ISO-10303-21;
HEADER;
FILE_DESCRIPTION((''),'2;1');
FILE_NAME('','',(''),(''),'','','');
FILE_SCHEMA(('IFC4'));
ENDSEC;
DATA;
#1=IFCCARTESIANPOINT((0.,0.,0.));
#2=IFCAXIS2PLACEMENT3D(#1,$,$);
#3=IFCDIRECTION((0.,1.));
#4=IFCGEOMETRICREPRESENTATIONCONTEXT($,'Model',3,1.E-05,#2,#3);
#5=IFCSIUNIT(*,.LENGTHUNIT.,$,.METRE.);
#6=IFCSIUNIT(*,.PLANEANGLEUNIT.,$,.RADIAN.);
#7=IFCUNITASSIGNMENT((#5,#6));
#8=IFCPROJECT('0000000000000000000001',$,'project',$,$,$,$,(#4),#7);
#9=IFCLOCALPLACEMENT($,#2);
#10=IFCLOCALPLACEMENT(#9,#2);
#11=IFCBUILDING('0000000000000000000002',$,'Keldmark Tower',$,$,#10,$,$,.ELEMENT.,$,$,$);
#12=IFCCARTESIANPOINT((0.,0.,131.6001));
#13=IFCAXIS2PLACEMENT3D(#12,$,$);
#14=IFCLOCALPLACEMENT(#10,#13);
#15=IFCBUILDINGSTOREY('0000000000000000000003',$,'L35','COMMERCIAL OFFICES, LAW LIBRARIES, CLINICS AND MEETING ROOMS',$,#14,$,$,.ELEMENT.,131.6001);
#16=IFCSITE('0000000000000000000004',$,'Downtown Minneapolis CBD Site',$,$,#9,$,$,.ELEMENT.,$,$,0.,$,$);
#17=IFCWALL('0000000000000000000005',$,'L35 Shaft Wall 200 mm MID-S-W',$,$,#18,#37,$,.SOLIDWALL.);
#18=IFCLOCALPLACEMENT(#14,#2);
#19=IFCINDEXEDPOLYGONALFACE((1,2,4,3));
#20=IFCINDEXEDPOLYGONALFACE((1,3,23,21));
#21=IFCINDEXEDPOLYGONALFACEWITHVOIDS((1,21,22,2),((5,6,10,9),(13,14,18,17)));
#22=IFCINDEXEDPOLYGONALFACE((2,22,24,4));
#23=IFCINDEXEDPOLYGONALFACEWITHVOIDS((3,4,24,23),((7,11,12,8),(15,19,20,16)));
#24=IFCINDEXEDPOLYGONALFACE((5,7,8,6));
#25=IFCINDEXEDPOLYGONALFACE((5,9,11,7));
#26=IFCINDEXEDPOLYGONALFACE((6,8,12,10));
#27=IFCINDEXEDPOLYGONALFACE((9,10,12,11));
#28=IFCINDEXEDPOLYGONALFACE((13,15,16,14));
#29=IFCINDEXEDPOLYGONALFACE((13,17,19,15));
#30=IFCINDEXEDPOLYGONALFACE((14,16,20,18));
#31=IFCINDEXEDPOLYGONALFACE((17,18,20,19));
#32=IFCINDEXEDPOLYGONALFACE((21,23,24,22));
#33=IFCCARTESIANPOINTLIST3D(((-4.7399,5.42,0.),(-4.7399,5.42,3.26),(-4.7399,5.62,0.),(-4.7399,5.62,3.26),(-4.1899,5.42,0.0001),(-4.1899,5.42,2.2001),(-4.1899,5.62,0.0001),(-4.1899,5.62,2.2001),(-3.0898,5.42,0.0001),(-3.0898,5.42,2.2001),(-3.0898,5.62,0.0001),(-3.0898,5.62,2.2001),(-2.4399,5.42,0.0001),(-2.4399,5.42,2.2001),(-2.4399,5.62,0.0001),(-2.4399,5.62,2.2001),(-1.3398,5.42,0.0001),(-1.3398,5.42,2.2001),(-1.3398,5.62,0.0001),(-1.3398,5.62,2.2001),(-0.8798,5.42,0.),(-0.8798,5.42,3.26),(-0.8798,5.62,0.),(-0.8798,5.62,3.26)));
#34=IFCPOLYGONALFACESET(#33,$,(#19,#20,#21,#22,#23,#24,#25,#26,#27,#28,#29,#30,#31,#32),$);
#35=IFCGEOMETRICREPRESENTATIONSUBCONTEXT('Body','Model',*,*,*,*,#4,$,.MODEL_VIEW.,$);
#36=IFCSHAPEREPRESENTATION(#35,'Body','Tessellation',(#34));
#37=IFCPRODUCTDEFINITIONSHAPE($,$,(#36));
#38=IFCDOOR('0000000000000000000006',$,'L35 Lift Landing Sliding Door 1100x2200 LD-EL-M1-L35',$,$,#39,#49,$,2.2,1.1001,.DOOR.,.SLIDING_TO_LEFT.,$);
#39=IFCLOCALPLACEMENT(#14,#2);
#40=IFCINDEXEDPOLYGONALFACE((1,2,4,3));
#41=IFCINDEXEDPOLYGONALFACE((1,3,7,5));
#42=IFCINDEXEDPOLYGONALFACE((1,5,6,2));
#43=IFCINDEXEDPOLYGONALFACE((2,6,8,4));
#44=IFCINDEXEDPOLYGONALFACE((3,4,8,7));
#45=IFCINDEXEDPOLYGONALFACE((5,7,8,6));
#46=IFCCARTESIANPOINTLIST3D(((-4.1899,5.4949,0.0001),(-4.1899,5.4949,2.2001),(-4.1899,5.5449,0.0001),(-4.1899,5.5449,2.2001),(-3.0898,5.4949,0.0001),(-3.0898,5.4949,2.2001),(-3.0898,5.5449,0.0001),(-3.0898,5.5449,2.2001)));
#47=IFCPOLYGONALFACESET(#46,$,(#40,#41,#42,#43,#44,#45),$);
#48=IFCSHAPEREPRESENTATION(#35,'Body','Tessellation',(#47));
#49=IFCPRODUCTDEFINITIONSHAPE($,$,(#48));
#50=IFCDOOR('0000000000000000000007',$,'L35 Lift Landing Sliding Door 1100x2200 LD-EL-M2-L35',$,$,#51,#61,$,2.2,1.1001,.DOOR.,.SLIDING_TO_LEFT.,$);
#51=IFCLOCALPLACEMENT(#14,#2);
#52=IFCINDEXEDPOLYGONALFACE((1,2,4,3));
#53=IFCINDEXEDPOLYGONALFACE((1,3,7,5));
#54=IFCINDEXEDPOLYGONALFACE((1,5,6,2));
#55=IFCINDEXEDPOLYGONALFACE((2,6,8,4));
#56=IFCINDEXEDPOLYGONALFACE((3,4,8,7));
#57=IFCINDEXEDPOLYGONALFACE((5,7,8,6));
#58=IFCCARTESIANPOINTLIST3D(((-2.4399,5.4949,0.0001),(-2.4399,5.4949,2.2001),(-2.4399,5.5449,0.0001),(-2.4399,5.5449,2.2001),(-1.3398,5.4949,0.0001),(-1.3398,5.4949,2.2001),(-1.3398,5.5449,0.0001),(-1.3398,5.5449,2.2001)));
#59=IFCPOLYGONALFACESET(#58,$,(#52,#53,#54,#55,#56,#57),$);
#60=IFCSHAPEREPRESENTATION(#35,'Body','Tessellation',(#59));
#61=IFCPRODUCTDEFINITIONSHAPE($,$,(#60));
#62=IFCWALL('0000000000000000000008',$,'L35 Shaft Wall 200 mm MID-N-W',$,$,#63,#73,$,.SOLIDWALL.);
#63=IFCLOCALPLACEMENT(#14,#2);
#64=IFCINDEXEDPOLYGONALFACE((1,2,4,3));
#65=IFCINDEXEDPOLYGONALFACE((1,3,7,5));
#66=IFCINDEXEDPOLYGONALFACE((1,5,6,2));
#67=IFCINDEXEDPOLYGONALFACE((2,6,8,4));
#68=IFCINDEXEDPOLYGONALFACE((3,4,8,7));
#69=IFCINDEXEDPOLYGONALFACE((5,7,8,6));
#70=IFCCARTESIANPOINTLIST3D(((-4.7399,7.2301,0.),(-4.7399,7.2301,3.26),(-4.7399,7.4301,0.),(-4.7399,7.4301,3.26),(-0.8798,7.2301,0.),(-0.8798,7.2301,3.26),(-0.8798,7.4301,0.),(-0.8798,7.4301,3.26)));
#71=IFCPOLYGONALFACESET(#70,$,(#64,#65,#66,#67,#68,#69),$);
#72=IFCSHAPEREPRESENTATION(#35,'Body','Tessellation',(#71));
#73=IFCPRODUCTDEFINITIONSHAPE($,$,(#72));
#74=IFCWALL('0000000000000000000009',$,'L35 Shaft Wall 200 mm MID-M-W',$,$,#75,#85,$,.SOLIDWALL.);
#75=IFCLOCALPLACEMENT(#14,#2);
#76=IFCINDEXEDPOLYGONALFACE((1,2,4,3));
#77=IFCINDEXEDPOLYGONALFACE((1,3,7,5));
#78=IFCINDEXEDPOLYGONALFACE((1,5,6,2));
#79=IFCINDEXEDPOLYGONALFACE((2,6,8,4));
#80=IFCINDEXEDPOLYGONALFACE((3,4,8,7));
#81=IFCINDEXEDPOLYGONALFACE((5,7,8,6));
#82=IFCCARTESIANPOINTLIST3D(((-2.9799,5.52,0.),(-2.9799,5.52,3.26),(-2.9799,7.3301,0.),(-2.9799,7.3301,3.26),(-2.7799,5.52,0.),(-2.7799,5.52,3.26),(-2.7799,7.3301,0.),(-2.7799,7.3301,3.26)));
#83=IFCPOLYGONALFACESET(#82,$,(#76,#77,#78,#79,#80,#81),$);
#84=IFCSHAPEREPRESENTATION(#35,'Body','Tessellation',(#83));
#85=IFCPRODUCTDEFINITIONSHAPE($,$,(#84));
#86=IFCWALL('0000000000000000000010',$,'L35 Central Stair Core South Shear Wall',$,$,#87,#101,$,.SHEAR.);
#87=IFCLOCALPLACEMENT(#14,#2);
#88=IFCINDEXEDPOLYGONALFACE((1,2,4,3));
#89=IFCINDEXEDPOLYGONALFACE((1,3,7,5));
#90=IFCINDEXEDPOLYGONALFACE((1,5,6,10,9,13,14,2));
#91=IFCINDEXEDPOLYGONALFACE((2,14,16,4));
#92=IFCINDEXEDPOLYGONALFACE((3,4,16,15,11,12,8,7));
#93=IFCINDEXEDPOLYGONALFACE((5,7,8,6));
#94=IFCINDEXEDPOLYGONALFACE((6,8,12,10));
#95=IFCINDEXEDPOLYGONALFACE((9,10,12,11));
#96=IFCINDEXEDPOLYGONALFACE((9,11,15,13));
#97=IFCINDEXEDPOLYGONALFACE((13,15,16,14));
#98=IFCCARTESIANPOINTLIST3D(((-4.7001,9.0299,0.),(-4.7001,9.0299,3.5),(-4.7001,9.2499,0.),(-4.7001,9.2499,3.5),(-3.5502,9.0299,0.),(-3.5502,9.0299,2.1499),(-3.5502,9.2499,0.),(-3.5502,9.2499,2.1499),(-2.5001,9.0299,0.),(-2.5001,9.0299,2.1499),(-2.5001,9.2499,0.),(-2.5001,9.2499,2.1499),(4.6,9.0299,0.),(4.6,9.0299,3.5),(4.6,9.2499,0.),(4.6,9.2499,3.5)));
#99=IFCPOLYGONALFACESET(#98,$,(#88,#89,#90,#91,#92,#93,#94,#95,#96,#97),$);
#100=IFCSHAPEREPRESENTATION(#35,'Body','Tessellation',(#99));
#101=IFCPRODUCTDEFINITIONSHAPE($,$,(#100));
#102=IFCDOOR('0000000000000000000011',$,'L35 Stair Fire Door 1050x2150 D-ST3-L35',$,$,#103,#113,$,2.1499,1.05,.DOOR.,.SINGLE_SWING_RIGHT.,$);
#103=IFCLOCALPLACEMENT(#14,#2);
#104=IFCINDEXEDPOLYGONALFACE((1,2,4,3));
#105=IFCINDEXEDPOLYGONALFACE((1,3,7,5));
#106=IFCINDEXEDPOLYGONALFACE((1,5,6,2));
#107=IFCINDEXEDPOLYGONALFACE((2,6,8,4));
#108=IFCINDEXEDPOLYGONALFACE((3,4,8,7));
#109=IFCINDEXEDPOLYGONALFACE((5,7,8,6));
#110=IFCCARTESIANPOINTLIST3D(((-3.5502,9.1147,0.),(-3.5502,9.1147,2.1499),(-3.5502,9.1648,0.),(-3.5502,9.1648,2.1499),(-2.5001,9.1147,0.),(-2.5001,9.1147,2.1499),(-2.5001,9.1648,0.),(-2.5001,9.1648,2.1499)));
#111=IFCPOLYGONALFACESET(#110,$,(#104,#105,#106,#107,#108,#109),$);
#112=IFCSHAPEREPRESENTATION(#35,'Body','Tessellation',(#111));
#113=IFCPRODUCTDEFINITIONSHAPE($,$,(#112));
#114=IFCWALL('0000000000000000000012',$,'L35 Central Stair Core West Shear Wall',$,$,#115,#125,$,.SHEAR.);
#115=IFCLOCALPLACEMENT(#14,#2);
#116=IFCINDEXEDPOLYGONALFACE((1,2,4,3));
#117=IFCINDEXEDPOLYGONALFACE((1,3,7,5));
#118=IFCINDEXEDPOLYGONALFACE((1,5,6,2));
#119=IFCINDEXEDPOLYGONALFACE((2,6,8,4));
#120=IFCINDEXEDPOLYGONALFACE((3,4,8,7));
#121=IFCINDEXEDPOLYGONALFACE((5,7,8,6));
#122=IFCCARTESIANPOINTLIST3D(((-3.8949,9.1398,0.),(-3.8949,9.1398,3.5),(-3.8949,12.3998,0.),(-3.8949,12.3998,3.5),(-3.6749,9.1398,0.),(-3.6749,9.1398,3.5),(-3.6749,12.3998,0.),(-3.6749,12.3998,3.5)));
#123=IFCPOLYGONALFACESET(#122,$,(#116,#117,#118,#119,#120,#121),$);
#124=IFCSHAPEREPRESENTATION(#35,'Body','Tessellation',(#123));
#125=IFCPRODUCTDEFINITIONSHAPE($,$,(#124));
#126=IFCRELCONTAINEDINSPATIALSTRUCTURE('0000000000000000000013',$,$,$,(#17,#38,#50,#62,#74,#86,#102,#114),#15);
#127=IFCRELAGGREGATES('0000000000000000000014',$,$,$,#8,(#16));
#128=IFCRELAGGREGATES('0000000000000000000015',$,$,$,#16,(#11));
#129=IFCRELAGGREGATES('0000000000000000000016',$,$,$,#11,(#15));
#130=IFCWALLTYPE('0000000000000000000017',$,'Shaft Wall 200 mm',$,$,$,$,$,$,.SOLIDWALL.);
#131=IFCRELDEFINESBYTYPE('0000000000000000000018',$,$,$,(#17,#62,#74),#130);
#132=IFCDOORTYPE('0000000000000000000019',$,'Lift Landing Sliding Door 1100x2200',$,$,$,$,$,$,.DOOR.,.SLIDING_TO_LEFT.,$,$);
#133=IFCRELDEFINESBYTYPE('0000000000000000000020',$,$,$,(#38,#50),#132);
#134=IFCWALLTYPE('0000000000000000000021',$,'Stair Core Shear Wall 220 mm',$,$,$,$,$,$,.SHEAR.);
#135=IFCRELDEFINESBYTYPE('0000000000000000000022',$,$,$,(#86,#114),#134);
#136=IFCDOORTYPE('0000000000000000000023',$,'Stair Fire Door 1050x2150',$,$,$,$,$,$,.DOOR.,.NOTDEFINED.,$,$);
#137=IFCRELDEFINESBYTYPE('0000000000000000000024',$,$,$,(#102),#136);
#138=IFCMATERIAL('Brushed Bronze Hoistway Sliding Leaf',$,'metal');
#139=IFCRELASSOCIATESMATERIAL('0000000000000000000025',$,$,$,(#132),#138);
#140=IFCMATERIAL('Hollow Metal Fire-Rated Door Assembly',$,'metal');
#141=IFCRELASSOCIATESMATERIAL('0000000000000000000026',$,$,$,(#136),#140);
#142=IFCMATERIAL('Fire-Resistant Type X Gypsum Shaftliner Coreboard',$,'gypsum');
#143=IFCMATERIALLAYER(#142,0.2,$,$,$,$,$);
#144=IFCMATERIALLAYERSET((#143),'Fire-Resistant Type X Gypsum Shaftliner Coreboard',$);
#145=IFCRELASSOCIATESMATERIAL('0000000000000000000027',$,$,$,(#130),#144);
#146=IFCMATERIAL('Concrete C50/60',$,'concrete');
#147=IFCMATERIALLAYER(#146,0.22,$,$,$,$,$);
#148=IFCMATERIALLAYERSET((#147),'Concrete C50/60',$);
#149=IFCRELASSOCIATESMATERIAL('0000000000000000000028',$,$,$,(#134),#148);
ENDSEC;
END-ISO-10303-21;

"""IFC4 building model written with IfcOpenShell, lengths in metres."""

from ifc_helpers import new_model, si_unit, direction, frame, frame_2d, origin, place, context, subcontext, project, spatial, rectangle, extrude, material, layer, layer_set, type_object, element, fill, save


model = new_model("IFC4")

# Units and contexts
model_context = context("Model", 3, precision=1e-05, world=origin(), true_north=direction((0.0, 1.0)))
body_context = subcontext(model_context, "Body", "Model", "MODEL_VIEW")
ifc_project = project(units=[si_unit("LENGTHUNIT", "METRE"), si_unit("PLANEANGLEUNIT", "RADIAN")], contexts=[model_context])

# Site, building, storey
site_placement = place(None, origin())
site = spatial("IfcSite", under=ifc_project, at=site_placement, Name="Downtown Minneapolis CBD Site", CompositionType="ELEMENT", RefElevation=0.0)
building_placement = place(site_placement, origin())
building = spatial("IfcBuilding", under=site, at=building_placement, Name="Keldmark Tower", CompositionType="ELEMENT")
storey_placement = place(building_placement, frame((0.0, 0.0, 131.6001)))
storey = spatial("IfcBuildingStorey", under=building, at=storey_placement, Name="L35", Description="COMMERCIAL OFFICES, LAW LIBRARIES, CLINICS AND MEETING ROOMS", CompositionType="ELEMENT", Elevation=131.6001)

# Shared definitions
ifc_material_1 = material(Name="Brushed Bronze Hoistway Sliding Leaf", Category="metal")
door_type_1 = type_object("IfcDoorType", Name="Lift Landing Sliding Door 1100x2200", OperationType="SLIDING_TO_LEFT", PredefinedType="DOOR", material=ifc_material_1)
ifc_material_2 = material(Name="Hollow Metal Fire-Rated Door Assembly", Category="metal")
door_type_2 = type_object("IfcDoorType", Name="Stair Fire Door 1050x2150", OperationType="NOTDEFINED", PredefinedType="DOOR", material=ifc_material_2)

# Wall, openings, doors
ifc_material_3 = material(Name="Fire-Resistant Type X Gypsum Shaftliner Coreboard", Category="gypsum")
ifc_layer_1 = layer(ifc_material_3, 0.2)
ifc_layer_set_1 = layer_set([ifc_layer_1], Name="Fire-Resistant Type X Gypsum Shaftliner Coreboard")
wall_type_1 = type_object("IfcWallType", Name="Shaft Wall 200 mm", PredefinedType="SOLIDWALL", material=ifc_layer_set_1)
wall_1_placement = place(storey_placement, frame((-4.74, 5.52, 0.0), z_axis=(0.0, 0.0, 1.0), x_axis=(1.0, 0.0, 0.0)))
wall_1 = element("IfcWall", 1, at=wall_1_placement, inside=storey, type_object=wall_type_1, Name="L35 Shaft Wall 200 mm MID-S-W", PredefinedType="SOLIDWALL", context=body_context, shape_type="SweptSolid", body=[
    extrude(rectangle(XDim=3.8601, YDim=0.2, at=frame_2d((1.9302, 0.0))), origin(), (0.0, 0.0, 1.0), 3.26),
])
opening_1_placement = place(wall_1_placement, frame((0.55, 0.0, 0.0)))
opening_1 = element("IfcOpeningElement", 2, at=opening_1_placement, cuts=wall_1, PredefinedType="OPENING", context=body_context, shape_type="SweptSolid", body=[
    extrude(rectangle(XDim=1.1001, YDim=2.2, at=frame_2d((0.55, 1.1001))), frame((0.0, 0.1099, 0.0), z_axis=(0.0, -1.0, 0.0), x_axis=(1.0, 0.0, 0.0)), (0.0, 0.0, 1.0), 0.22),
])
opening_2_placement = place(wall_1_placement, frame((2.3, 0.0, 0.0)))
opening_2 = element("IfcOpeningElement", 3, at=opening_2_placement, cuts=wall_1, PredefinedType="OPENING", context=body_context, shape_type="SweptSolid", body=[
    extrude(rectangle(XDim=1.1001, YDim=2.2, at=frame_2d((0.55, 1.1001))), frame((0.0, 0.1099, 0.0), z_axis=(0.0, -1.0, 0.0), x_axis=(1.0, 0.0, 0.0)), (0.0, 0.0, 1.0), 0.22),
])
door_1_placement = place(opening_1_placement, origin())
door_1 = element("IfcDoor", 4, at=door_1_placement, inside=storey, type_object=door_type_1, Name="L35 Lift Landing Sliding Door 1100x2200 LD-EL-M1-L35", OperationType="SLIDING_TO_LEFT", OverallHeight=2.2, OverallWidth=1.1001, PredefinedType="DOOR", context=body_context, shape_type="SweptSolid", body=[
    extrude(rectangle(XDim=1.1001, YDim=2.2, at=frame_2d((0.55, 1.1001))), frame((0.0, 0.0249, 0.0), z_axis=(0.0, -1.0, 0.0), x_axis=(1.0, 0.0, 0.0)), (0.0, 0.0, 1.0), 0.05),
])
fill(opening_1, door_1)
door_2_placement = place(opening_2_placement, origin())
door_2 = element("IfcDoor", 5, at=door_2_placement, inside=storey, type_object=door_type_1, Name="L35 Lift Landing Sliding Door 1100x2200 LD-EL-M2-L35", OperationType="SLIDING_TO_LEFT", OverallHeight=2.2, OverallWidth=1.1001, PredefinedType="DOOR", context=body_context, shape_type="SweptSolid", body=[
    extrude(rectangle(XDim=1.1001, YDim=2.2, at=frame_2d((0.55, 1.1001))), frame((0.0, 0.0249, 0.0), z_axis=(0.0, -1.0, 0.0), x_axis=(1.0, 0.0, 0.0)), (0.0, 0.0, 1.0), 0.05),
])
fill(opening_2, door_2)

# Walls
wall_2_placement = place(storey_placement, frame((-4.74, 7.3301, 0.0), z_axis=(0.0, 0.0, 1.0), x_axis=(1.0, 0.0, 0.0)))
element("IfcWall", 6, at=wall_2_placement, inside=storey, type_object=wall_type_1, Name="L35 Shaft Wall 200 mm MID-N-W", PredefinedType="SOLIDWALL", context=body_context, shape_type="SweptSolid", body=[
    extrude(rectangle(XDim=3.8601, YDim=0.2, at=frame_2d((1.9302, 0.0))), origin(), (0.0, 0.0, 1.0), 3.26),
])
wall_3_placement = place(storey_placement, frame((-2.8799, 5.52, 0.0), z_axis=(0.0, 0.0, 1.0), x_axis=(0.0, 1.0, 0.0)))
element("IfcWall", 7, at=wall_3_placement, inside=storey, type_object=wall_type_1, Name="L35 Shaft Wall 200 mm MID-M-W", PredefinedType="SOLIDWALL", context=body_context, shape_type="SweptSolid", body=[
    extrude(rectangle(XDim=1.8101, YDim=0.2, at=frame_2d((0.905, 0.0))), origin(), (0.0, 0.0, 1.0), 3.26),
])

# Wall, opening, door
ifc_material_4 = material(Name="Concrete C50/60", Category="concrete")
ifc_layer_2 = layer(ifc_material_4, 0.22)
ifc_layer_set_2 = layer_set([ifc_layer_2], Name="Concrete C50/60")
wall_type_2 = type_object("IfcWallType", Name="Stair Core Shear Wall 220 mm", PredefinedType="SHEAR", material=ifc_layer_set_2)
wall_4_placement = place(storey_placement, frame((-4.7, 9.1399, 0.0), z_axis=(0.0, 0.0, 1.0), x_axis=(1.0, 0.0, 0.0)))
wall_4 = element("IfcWall", 8, at=wall_4_placement, inside=storey, type_object=wall_type_2, Name="L35 Central Stair Core South Shear Wall", PredefinedType="SHEAR", context=body_context, shape_type="SweptSolid", body=[
    extrude(rectangle(XDim=9.3, YDim=0.22, at=frame_2d((4.6499, 0.0))), origin(), (0.0, 0.0, 1.0), 3.5),
])
opening_3_placement = place(wall_4_placement, frame((1.1499, 0.0, 0.0)))
opening_3 = element("IfcOpeningElement", 9, at=opening_3_placement, cuts=wall_4, PredefinedType="OPENING", context=body_context, shape_type="SweptSolid", body=[
    extrude(rectangle(XDim=1.05, YDim=2.1499, at=frame_2d((0.5249, 1.075))), frame((0.0, 0.1199, 0.0), z_axis=(0.0, -1.0, 0.0), x_axis=(1.0, 0.0, 0.0)), (0.0, 0.0, 1.0), 0.24),
])
door_3_placement = place(opening_3_placement, origin())
door_3 = element("IfcDoor", 10, at=door_3_placement, inside=storey, type_object=door_type_2, Name="L35 Stair Fire Door 1050x2150 D-ST3-L35", OperationType="SINGLE_SWING_RIGHT", OverallHeight=2.1499, OverallWidth=1.05, PredefinedType="DOOR", context=body_context, shape_type="SweptSolid", body=[
    extrude(rectangle(XDim=1.05, YDim=2.1499, at=frame_2d((0.5249, 1.075))), frame((0.0, 0.0249, 0.0), z_axis=(0.0, -1.0, 0.0), x_axis=(1.0, 0.0, 0.0)), (0.0, 0.0, 1.0), 0.05),
])
fill(opening_3, door_3)

# Wall
wall_5_placement = place(storey_placement, frame((-3.7849, 9.1399, 0.0), z_axis=(0.0, 0.0, 1.0), x_axis=(0.0, 1.0, 0.0)))
element("IfcWall", 11, at=wall_5_placement, inside=storey, type_object=wall_type_2, Name="L35 Central Stair Core West Shear Wall", PredefinedType="SHEAR", context=body_context, shape_type="SweptSolid", body=[
    extrude(rectangle(XDim=3.26, YDim=0.22, at=frame_2d((1.6299, 0.0))), origin(), (0.0, 0.0, 1.0), 3.5),
])

save(model, "model.ifc")
